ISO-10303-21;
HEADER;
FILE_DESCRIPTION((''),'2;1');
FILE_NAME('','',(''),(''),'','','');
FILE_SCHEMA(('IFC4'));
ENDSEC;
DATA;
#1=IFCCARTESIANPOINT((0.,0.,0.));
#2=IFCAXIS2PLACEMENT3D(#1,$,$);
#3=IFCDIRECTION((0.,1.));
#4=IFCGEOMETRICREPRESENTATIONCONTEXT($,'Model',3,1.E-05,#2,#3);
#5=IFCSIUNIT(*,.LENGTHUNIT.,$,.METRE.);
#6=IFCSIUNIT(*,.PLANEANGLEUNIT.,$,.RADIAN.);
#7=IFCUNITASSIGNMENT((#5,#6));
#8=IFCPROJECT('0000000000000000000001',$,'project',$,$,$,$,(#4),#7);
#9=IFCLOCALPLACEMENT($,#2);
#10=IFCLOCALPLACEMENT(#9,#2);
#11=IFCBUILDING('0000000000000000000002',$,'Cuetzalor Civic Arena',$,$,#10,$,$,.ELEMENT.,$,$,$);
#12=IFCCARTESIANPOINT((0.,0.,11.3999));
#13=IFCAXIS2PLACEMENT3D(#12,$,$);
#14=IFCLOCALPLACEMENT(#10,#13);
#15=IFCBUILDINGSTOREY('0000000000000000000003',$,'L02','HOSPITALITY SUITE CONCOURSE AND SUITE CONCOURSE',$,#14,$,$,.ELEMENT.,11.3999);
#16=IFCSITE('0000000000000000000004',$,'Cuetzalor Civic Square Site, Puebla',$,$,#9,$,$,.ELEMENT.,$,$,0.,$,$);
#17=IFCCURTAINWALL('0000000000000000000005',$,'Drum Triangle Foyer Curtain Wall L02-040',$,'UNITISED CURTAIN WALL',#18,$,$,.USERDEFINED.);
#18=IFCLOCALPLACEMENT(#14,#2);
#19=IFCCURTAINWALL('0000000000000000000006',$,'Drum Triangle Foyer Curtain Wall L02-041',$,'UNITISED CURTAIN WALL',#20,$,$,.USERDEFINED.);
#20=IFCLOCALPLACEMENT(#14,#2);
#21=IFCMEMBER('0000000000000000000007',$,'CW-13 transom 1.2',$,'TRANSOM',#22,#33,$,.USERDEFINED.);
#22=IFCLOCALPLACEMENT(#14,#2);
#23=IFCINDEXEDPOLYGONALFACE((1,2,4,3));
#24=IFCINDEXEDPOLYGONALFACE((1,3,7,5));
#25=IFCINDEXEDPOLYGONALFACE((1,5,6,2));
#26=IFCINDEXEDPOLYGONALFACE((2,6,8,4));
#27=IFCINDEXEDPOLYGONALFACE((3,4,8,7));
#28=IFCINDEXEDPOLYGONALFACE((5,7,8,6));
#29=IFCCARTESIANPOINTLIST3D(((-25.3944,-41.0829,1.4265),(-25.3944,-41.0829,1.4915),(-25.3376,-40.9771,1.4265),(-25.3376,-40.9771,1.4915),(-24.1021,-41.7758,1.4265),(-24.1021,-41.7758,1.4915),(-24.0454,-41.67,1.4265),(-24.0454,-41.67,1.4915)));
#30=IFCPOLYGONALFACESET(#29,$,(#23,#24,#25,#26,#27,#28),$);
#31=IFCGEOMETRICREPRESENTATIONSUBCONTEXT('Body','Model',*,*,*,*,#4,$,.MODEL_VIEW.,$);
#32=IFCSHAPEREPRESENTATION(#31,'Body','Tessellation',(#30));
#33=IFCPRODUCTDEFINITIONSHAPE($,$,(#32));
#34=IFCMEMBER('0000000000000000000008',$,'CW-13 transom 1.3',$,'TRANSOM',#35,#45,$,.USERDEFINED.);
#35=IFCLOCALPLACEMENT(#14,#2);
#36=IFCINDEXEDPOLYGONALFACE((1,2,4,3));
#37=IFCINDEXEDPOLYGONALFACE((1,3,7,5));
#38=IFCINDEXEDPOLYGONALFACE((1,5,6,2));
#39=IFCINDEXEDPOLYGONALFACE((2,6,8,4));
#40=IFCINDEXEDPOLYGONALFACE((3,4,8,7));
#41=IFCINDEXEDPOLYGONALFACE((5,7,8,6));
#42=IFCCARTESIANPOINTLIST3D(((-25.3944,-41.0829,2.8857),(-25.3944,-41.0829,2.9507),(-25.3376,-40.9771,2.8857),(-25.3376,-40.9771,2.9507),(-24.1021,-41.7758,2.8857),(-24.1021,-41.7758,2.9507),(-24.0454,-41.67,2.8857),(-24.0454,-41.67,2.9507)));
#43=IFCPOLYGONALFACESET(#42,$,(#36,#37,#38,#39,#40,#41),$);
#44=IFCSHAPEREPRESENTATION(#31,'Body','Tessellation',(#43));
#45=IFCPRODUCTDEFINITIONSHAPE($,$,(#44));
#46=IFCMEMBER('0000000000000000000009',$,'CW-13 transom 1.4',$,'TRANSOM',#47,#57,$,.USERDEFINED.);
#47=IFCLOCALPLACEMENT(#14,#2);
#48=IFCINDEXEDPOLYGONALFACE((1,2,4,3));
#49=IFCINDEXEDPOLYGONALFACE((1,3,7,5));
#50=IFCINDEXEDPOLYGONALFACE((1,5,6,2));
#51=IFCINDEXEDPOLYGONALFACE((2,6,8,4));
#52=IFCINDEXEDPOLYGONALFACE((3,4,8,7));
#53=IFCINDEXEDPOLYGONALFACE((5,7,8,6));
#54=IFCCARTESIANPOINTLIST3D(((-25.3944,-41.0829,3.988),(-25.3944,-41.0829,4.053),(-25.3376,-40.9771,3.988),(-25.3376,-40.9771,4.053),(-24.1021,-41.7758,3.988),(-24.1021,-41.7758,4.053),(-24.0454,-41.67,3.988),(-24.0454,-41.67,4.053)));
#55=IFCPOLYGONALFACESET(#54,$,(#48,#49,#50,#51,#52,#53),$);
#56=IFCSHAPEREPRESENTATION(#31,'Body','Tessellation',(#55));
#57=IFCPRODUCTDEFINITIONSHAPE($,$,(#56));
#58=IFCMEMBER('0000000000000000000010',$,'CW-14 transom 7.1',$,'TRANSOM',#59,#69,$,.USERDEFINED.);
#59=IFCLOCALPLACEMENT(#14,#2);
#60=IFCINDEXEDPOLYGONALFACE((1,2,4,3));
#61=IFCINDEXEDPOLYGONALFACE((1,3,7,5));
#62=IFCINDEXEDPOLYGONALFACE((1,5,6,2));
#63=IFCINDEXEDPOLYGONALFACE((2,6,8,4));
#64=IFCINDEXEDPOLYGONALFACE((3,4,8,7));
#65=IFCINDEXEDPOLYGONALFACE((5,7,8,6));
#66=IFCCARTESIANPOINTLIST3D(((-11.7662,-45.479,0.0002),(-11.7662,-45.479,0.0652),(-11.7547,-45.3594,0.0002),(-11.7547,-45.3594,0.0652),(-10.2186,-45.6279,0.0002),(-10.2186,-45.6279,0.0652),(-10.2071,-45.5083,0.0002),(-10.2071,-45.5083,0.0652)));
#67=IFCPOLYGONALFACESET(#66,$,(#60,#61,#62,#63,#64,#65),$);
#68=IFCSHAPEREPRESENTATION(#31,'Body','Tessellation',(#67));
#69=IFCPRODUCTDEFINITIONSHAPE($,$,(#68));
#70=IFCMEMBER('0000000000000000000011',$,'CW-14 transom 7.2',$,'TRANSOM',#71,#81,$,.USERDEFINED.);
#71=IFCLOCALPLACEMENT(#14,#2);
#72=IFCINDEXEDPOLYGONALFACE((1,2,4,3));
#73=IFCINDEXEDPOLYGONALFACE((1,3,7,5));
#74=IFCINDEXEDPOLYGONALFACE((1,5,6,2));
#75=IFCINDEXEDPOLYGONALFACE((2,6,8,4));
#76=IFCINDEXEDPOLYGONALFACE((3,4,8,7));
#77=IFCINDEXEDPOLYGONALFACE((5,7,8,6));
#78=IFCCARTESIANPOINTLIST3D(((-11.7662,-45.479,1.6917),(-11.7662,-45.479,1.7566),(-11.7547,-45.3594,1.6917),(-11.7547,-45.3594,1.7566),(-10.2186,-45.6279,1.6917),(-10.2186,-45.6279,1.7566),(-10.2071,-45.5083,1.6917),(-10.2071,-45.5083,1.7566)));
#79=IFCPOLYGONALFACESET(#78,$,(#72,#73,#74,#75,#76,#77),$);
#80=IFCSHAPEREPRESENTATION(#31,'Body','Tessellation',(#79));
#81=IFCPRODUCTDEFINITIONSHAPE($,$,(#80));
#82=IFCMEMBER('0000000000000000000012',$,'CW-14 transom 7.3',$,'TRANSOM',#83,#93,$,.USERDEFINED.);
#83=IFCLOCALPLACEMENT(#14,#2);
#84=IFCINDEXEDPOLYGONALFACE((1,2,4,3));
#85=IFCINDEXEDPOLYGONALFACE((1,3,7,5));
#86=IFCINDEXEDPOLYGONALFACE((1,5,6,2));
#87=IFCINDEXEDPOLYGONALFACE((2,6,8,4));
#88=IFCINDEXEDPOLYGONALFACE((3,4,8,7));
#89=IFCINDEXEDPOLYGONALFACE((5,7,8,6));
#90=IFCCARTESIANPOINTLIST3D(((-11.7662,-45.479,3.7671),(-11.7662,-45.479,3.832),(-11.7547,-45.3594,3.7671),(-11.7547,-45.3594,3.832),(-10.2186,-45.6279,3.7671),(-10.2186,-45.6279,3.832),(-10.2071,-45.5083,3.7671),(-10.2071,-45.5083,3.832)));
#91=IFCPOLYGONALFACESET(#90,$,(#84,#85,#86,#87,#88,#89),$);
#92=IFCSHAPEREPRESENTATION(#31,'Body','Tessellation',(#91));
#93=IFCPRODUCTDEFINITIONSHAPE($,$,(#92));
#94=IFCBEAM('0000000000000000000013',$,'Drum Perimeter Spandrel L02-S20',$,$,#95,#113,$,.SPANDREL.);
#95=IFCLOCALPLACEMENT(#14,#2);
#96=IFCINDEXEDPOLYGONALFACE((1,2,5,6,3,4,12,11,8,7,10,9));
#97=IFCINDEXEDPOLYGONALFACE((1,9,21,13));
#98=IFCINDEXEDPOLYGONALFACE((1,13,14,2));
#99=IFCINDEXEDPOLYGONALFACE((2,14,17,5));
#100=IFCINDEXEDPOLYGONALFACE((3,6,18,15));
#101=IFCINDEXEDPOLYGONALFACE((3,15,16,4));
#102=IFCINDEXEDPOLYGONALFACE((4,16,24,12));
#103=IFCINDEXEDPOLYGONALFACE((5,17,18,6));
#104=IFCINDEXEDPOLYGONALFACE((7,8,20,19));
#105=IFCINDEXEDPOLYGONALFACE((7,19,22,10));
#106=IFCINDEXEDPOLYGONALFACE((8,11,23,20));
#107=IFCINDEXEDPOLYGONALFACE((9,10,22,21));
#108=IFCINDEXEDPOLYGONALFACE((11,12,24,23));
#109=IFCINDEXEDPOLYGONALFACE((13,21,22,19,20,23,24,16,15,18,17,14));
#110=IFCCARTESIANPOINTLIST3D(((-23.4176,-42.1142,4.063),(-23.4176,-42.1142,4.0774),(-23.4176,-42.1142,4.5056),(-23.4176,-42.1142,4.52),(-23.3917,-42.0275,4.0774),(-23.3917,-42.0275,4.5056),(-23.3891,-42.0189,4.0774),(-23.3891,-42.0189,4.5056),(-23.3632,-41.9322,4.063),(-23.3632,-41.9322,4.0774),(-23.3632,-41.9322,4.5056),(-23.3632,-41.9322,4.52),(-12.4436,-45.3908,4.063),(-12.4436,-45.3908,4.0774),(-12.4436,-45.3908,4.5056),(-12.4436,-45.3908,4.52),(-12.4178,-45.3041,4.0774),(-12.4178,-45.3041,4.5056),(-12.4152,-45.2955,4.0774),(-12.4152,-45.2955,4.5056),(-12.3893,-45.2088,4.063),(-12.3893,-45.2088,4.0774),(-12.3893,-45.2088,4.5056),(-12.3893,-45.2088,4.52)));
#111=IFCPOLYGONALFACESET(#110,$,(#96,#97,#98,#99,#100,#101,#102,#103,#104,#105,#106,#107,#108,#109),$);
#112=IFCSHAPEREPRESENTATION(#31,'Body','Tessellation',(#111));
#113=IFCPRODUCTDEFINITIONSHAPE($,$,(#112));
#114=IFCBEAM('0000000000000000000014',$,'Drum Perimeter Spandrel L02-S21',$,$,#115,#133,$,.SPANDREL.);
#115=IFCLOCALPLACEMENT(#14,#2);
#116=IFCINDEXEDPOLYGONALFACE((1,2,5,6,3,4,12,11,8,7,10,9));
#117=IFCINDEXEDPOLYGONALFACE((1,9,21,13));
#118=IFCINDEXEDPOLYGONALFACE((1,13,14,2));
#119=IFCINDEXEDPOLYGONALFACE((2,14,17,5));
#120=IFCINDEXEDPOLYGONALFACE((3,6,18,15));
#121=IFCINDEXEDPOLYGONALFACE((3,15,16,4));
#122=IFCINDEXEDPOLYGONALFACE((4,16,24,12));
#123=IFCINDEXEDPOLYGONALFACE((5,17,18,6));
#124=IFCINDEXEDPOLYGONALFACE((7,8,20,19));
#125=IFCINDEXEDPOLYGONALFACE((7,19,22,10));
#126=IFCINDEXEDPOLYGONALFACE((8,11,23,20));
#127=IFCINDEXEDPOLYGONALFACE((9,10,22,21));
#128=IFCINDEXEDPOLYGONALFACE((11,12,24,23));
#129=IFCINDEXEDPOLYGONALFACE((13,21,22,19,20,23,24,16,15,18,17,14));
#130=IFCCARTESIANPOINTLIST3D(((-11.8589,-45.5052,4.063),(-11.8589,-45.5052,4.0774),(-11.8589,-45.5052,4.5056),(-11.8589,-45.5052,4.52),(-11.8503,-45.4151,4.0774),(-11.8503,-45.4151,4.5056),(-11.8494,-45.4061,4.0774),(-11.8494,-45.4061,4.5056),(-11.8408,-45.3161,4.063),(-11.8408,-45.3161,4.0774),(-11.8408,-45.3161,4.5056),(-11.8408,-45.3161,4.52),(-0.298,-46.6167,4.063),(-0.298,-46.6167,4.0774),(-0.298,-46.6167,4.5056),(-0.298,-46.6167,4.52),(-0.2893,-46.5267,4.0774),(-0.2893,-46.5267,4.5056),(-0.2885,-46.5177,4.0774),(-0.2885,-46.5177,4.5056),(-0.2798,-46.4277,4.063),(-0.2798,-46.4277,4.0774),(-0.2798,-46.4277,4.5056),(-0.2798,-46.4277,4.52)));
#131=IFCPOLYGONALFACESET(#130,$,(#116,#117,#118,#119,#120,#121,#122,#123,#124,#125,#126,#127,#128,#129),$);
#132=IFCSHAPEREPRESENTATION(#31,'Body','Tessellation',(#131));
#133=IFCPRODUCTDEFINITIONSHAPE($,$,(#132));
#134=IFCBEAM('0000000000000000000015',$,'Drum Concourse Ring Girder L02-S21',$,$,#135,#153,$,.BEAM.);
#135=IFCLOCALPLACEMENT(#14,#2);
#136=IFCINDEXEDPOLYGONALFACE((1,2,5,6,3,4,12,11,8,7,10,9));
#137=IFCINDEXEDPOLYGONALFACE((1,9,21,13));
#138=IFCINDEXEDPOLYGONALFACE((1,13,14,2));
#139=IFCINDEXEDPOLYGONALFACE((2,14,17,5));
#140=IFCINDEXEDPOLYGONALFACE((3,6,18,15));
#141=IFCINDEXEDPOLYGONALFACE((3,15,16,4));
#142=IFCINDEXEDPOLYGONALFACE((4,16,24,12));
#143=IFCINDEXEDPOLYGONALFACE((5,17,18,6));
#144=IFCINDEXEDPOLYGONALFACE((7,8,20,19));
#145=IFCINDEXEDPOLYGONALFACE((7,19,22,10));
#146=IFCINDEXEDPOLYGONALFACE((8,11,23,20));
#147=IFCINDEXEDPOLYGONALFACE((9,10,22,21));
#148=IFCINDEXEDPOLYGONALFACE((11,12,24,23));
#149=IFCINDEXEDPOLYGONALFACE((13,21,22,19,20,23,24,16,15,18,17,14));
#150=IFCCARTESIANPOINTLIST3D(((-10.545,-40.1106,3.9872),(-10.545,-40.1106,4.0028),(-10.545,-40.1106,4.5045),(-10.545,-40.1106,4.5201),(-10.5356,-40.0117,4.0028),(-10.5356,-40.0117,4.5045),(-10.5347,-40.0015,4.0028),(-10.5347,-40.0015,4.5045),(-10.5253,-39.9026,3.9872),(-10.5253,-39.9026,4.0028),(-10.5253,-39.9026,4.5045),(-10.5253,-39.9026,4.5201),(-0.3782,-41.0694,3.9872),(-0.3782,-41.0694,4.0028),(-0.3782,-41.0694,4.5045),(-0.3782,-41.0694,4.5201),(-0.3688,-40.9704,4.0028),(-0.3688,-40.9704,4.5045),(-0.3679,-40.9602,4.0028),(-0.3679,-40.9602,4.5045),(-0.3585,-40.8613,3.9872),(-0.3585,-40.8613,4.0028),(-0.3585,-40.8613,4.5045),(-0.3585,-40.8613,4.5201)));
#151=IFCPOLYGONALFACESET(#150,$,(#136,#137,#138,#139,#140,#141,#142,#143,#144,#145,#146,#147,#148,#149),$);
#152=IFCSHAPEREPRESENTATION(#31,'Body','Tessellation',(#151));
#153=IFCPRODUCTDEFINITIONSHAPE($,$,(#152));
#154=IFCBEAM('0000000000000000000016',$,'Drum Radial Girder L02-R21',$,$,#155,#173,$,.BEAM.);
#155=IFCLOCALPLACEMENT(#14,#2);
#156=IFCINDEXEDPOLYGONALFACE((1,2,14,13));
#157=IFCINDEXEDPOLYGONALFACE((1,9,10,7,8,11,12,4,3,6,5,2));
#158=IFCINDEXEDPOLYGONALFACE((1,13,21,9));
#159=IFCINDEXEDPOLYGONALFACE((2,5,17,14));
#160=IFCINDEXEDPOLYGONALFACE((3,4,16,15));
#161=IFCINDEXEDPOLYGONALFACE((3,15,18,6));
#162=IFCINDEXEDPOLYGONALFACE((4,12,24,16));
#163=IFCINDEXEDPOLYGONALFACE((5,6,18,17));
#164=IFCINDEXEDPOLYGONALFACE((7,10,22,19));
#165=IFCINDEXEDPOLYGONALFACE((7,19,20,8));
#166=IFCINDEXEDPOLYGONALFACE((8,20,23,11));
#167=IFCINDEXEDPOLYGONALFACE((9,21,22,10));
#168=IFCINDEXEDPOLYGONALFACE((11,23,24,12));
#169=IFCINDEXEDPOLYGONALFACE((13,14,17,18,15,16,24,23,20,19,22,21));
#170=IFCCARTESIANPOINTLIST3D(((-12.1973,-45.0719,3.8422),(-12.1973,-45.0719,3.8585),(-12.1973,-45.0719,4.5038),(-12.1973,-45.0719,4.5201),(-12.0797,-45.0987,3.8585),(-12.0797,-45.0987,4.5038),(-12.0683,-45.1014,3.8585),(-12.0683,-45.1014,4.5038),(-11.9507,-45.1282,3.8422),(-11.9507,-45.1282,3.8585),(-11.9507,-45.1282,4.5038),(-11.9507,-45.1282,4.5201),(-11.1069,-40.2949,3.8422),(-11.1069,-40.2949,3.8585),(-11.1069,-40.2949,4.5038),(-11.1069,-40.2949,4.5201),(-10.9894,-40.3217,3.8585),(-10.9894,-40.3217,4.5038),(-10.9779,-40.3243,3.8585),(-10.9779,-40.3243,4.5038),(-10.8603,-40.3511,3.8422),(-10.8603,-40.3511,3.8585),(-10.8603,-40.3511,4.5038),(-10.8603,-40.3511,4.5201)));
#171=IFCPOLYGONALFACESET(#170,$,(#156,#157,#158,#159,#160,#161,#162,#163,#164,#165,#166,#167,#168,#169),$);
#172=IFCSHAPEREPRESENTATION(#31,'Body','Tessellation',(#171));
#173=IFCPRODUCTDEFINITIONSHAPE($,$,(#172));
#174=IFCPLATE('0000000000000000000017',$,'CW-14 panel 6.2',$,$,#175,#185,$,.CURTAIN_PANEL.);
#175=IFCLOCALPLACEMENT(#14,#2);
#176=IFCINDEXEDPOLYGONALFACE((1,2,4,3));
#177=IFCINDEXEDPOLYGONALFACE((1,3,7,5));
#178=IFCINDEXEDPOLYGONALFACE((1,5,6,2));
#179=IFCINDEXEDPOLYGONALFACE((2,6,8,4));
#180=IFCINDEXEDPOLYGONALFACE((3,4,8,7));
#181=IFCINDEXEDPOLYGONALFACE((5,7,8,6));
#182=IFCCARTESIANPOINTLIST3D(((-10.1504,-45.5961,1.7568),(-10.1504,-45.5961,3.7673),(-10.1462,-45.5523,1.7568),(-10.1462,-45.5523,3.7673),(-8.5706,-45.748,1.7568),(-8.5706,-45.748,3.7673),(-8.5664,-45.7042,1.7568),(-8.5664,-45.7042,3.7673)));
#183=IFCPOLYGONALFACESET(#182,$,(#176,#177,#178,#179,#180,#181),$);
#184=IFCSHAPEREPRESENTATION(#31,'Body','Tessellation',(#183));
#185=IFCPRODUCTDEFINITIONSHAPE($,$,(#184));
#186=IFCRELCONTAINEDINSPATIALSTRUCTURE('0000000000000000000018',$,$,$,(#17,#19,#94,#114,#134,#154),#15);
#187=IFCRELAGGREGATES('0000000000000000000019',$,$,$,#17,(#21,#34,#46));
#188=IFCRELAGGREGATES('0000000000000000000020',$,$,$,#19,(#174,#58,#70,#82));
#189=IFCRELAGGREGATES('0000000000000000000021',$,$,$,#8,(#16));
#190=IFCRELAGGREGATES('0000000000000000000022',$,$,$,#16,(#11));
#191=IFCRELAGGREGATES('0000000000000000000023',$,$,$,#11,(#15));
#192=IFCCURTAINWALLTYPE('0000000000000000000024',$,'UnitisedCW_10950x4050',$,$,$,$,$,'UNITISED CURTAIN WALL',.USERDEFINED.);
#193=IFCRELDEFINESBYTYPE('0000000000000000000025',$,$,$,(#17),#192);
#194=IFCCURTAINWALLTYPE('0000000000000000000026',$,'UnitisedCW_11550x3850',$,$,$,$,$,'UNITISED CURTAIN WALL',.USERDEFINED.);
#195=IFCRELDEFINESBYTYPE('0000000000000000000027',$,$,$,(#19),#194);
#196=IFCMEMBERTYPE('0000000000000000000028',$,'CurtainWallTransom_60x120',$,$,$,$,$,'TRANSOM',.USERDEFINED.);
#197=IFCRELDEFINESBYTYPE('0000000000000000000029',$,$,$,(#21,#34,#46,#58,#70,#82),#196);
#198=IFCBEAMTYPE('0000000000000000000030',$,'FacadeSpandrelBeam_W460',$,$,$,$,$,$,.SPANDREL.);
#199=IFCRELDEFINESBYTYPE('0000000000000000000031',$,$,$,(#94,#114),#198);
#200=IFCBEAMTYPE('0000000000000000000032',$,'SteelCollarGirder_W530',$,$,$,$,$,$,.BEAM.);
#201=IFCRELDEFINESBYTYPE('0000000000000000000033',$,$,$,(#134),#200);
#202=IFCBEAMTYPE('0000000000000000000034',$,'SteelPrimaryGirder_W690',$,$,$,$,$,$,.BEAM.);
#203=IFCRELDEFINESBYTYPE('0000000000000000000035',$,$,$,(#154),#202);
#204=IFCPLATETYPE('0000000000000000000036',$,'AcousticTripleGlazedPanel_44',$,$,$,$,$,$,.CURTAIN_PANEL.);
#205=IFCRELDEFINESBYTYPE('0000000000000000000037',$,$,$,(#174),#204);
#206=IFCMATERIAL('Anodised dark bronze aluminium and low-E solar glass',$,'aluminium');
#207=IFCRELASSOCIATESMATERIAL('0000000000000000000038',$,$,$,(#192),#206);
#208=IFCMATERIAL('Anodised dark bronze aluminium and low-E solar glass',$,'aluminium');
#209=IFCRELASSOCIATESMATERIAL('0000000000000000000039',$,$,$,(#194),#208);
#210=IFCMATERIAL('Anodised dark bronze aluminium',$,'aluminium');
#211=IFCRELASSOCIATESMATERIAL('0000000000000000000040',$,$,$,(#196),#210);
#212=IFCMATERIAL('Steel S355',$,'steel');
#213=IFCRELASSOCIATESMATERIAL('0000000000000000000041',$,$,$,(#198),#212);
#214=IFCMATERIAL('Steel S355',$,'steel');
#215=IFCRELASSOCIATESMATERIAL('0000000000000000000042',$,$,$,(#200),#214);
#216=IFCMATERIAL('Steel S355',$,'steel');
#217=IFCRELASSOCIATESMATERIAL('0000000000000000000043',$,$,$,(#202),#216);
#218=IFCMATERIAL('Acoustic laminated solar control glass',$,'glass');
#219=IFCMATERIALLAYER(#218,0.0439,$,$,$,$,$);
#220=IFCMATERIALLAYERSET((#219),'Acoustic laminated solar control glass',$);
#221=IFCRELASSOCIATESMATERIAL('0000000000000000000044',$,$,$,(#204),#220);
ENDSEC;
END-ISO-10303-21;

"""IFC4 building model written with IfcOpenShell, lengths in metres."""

from ifc_helpers import new_model, si_unit, direction, frame, origin, origin_2d, place, context, subcontext, project, spatial, rectangle, i_section, extrude, material, layer, layer_set, material_profile, profile_set, type_object, element, aggregate, save


model = new_model("IFC4")

# Units and contexts
model_context = context("Model", 3, precision=1e-05, world=origin(), true_north=direction((0.0, 1.0)))
body_context = subcontext(model_context, "Body", "Model", "MODEL_VIEW")
ifc_project = project(units=[si_unit("LENGTHUNIT", "METRE"), si_unit("PLANEANGLEUNIT", "RADIAN")], contexts=[model_context])

# Site, building, storey
site_placement = place(None, origin())
site = spatial("IfcSite", under=ifc_project, at=site_placement, Name="Cuetzalor Civic Square Site, Puebla", CompositionType="ELEMENT", RefElevation=0.0)
building_placement = place(site_placement, origin())
building = spatial("IfcBuilding", under=site, at=building_placement, Name="Cuetzalor Civic Arena", CompositionType="ELEMENT")
storey_placement = place(building_placement, frame((0.0, 0.0, 11.3999)))
storey = spatial("IfcBuildingStorey", under=building, at=storey_placement, Name="L02", Description="HOSPITALITY SUITE CONCOURSE AND SUITE CONCOURSE", CompositionType="ELEMENT", Elevation=11.3999)

# Curtain wall
ifc_material_1 = material(Name="Anodised dark bronze aluminium and low-E solar glass", Category="aluminium")
curtain_wall_type_1 = type_object("IfcCurtainWallType", Name="UnitisedCW_10950x4050", ElementType="UNITISED CURTAIN WALL", PredefinedType="USERDEFINED", material=ifc_material_1)
curtain_wall_1_placement = place(storey_placement, origin())
curtain_wall_1 = element("IfcCurtainWall", 1, at=curtain_wall_1_placement, inside=storey, type_object=curtain_wall_type_1, Name="Drum Triangle Foyer Curtain Wall L02-040", ObjectType="UNITISED CURTAIN WALL", PredefinedType="USERDEFINED")

# Curtain wall
ifc_material_2 = material(Name="Anodised dark bronze aluminium and low-E solar glass", Category="aluminium")
curtain_wall_type_2 = type_object("IfcCurtainWallType", Name="UnitisedCW_11550x3850", ElementType="UNITISED CURTAIN WALL", PredefinedType="USERDEFINED", material=ifc_material_2)
curtain_wall_2_placement = place(storey_placement, origin())
curtain_wall_2 = element("IfcCurtainWall", 2, at=curtain_wall_2_placement, inside=storey, type_object=curtain_wall_type_2, Name="Drum Triangle Foyer Curtain Wall L02-041", ObjectType="UNITISED CURTAIN WALL", PredefinedType="USERDEFINED")

# Members
ifc_material_3 = material(Name="Anodised dark bronze aluminium", Category="aluminium")
ifc_material_profile_1 = material_profile(ifc_material_3, rectangle(XDim=0.1201, YDim=0.0649, at=origin_2d()), Name="ALU TRANSOM 65x120")
ifc_profile_set_1 = profile_set([ifc_material_profile_1], Name="Anodised dark bronze aluminium")
member_type_1 = type_object("IfcMemberType", Name="CurtainWallTransom_60x120", ElementType="TRANSOM", PredefinedType="USERDEFINED", material=ifc_profile_set_1)
member_1_placement = place(storey_placement, frame((-24.0737, -41.7229, 1.459), z_axis=(-0.881309, 0.47254, 0.0), x_axis=(-0.47254, -0.881309, 0.0)))
member_1 = element("IfcMember", 3, at=member_1_placement, type_object=member_type_1, Name="CW-13 transom 1.2", ObjectType="TRANSOM", PredefinedType="USERDEFINED", context=body_context, shape_type="SweptSolid", body=[
    extrude(rectangle(XDim=0.1201, YDim=0.0649, at=origin_2d()), origin(), (0.0, 0.0, 1.0), 1.4663),
])
member_2_placement = place(storey_placement, frame((-24.0737, -41.7229, 2.9182), z_axis=(-0.881309, 0.47254, 0.0), x_axis=(-0.47254, -0.881309, 0.0)))
member_2 = element("IfcMember", 4, at=member_2_placement, type_object=member_type_1, Name="CW-13 transom 1.3", ObjectType="TRANSOM", PredefinedType="USERDEFINED", context=body_context, shape_type="SweptSolid", body=[
    extrude(rectangle(XDim=0.1201, YDim=0.0649, at=origin_2d()), origin(), (0.0, 0.0, 1.0), 1.4663),
])
member_3_placement = place(storey_placement, frame((-24.0737, -41.7229, 4.0205), z_axis=(-0.881309, 0.47254, 0.0), x_axis=(-0.47254, -0.881309, 0.0)))
member_3 = element("IfcMember", 5, at=member_3_placement, type_object=member_type_1, Name="CW-13 transom 1.4", ObjectType="TRANSOM", PredefinedType="USERDEFINED", context=body_context, shape_type="SweptSolid", body=[
    extrude(rectangle(XDim=0.1201, YDim=0.0649, at=origin_2d()), origin(), (0.0, 0.0, 1.0), 1.4663),
])
aggregate(curtain_wall_1, [member_1, member_2, member_3])
member_4_placement = place(storey_placement, frame((-10.2129, -45.5681, 0.0327), z_axis=(-0.995402, 0.095787, 0.0), x_axis=(-0.095787, -0.995402, 0.0)))
member_4 = element("IfcMember", 6, at=member_4_placement, type_object=member_type_1, Name="CW-14 transom 7.1", ObjectType="TRANSOM", PredefinedType="USERDEFINED", context=body_context, shape_type="SweptSolid", body=[
    extrude(rectangle(XDim=0.1201, YDim=0.0649, at=origin_2d()), origin(), (0.0, 0.0, 1.0), 1.5547),
])
member_5_placement = place(storey_placement, frame((-10.2129, -45.5681, 1.7241), z_axis=(-0.995402, 0.095787, 0.0), x_axis=(-0.095787, -0.995402, 0.0)))
member_5 = element("IfcMember", 7, at=member_5_placement, type_object=member_type_1, Name="CW-14 transom 7.2", ObjectType="TRANSOM", PredefinedType="USERDEFINED", context=body_context, shape_type="SweptSolid", body=[
    extrude(rectangle(XDim=0.1201, YDim=0.0649, at=origin_2d()), origin(), (0.0, 0.0, 1.0), 1.5547),
])
member_6_placement = place(storey_placement, frame((-10.2129, -45.5681, 3.7996), z_axis=(-0.995402, 0.095787, 0.0), x_axis=(-0.095787, -0.995402, 0.0)))
member_6 = element("IfcMember", 8, at=member_6_placement, type_object=member_type_1, Name="CW-14 transom 7.3", ObjectType="TRANSOM", PredefinedType="USERDEFINED", context=body_context, shape_type="SweptSolid", body=[
    extrude(rectangle(XDim=0.1201, YDim=0.0649, at=origin_2d()), origin(), (0.0, 0.0, 1.0), 1.5547),
])

# Beams
ifc_material_4 = material(Name="Steel S355", Category="steel")
ifc_material_profile_2 = material_profile(ifc_material_4, i_section(OverallWidth=0.1899, OverallDepth=0.457, WebThickness=0.009, FlangeThickness=0.0144, at=origin_2d()), Name="W460x74")
ifc_profile_set_2 = profile_set([ifc_material_profile_2], Name="Steel S355")
beam_type_1 = type_object("IfcBeamType", Name="FacadeSpandrelBeam_W460", PredefinedType="SPANDREL", material=ifc_profile_set_2)
beam_1_placement = place(storey_placement, frame((-23.3904, -42.0232, 4.2915), z_axis=(0.958199, -0.286102, 0.0), x_axis=(0.286102, 0.958199, 0.0)))
element("IfcBeam", 9, at=beam_1_placement, inside=storey, type_object=beam_type_1, Name="Drum Perimeter Spandrel L02-S20", PredefinedType="SPANDREL", context=body_context, shape_type="SweptSolid", body=[
    extrude(i_section(OverallWidth=0.1899, OverallDepth=0.457, WebThickness=0.009, FlangeThickness=0.0144, at=origin_2d()), origin(), (0.0, 0.0, 1.0), 11.4526),
])
beam_2_placement = place(storey_placement, frame((-11.8499, -45.4106, 4.2915), z_axis=(0.99541, -0.095707, 0.0), x_axis=(0.095707, 0.99541, 0.0)))
element("IfcBeam", 10, at=beam_2_placement, inside=storey, type_object=beam_type_1, Name="Drum Perimeter Spandrel L02-S21", PredefinedType="SPANDREL", context=body_context, shape_type="SweptSolid", body=[
    extrude(i_section(OverallWidth=0.1899, OverallDepth=0.457, WebThickness=0.009, FlangeThickness=0.0144, at=origin_2d()), origin(), (0.0, 0.0, 1.0), 11.6143),
])
ifc_material_5 = material(Name="Steel S355", Category="steel")
ifc_material_profile_3 = material_profile(ifc_material_5, i_section(OverallWidth=0.209, OverallDepth=0.533, WebThickness=0.0103, FlangeThickness=0.0156, at=origin_2d()), Name="W530x92")
ifc_profile_set_3 = profile_set([ifc_material_profile_3], Name="Steel S355")
beam_type_2 = type_object("IfcBeamType", Name="SteelCollarGirder_W530", PredefinedType="BEAM", material=ifc_profile_set_3)
beam_3_placement = place(storey_placement, frame((-10.5352, -40.0066, 4.2537), z_axis=(0.995583, -0.093885, 0.0), x_axis=(0.093885, 0.995583, 0.0)))
element("IfcBeam", 11, at=beam_3_placement, inside=storey, type_object=beam_type_2, Name="Drum Concourse Ring Girder L02-S21", PredefinedType="BEAM", context=body_context, shape_type="SweptSolid", body=[
    extrude(i_section(OverallWidth=0.209, OverallDepth=0.533, WebThickness=0.0103, FlangeThickness=0.0156, at=origin_2d()), origin(), (0.0, 0.0, 1.0), 10.2119),
])
ifc_material_6 = material(Name="Steel S355", Category="steel")
ifc_material_profile_4 = material_profile(ifc_material_6, i_section(OverallWidth=0.2529, OverallDepth=0.678, WebThickness=0.0117, FlangeThickness=0.0164, at=origin_2d()), Name="W690x125")
ifc_profile_set_4 = profile_set([ifc_material_profile_4], Name="Steel S355")
beam_type_3 = type_object("IfcBeamType", Name="SteelPrimaryGirder_W690", PredefinedType="BEAM", material=ifc_profile_set_4)
beam_4_placement = place(storey_placement, frame((-10.9836, -40.323, 4.1812), z_axis=(-0.222519, -0.974928, 0.0), x_axis=(0.974928, -0.222519, 0.0)))
element("IfcBeam", 12, at=beam_4_placement, inside=storey, type_object=beam_type_3, Name="Drum Radial Girder L02-R21", PredefinedType="BEAM", context=body_context, shape_type="SweptSolid", body=[
    extrude(i_section(OverallWidth=0.2529, OverallDepth=0.678, WebThickness=0.0117, FlangeThickness=0.0164, at=origin_2d()), origin(), (0.0, 0.0, 1.0), 4.8999),
])

# Plate
ifc_material_7 = material(Name="Acoustic laminated solar control glass", Category="glass")
ifc_layer_1 = layer(ifc_material_7, 0.0439)
ifc_layer_set_1 = layer_set([ifc_layer_1], Name="Acoustic laminated solar control glass")
plate_type = type_object("IfcPlateType", Name="AcousticTripleGlazedPanel_44", PredefinedType="CURTAIN_PANEL", material=ifc_layer_set_1)
plate_1_placement = place(storey_placement, frame((-9.3584, -45.6501, 1.7568), z_axis=(0.0, 0.0, 1.0), x_axis=(-0.995409, 0.095711, 0.0)))
plate_1 = element("IfcPlate", 13, at=plate_1_placement, type_object=plate_type, Name="CW-14 panel 6.2", PredefinedType="CURTAIN_PANEL", context=body_context, shape_type="SweptSolid", body=[
    extrude(rectangle(XDim=1.5872, YDim=0.0439, at=origin_2d()), origin(), (0.0, 0.0, 1.0), 2.0105),
])
aggregate(curtain_wall_2, [plate_1, member_4, member_5, member_6])

save(model, "model.ifc")
